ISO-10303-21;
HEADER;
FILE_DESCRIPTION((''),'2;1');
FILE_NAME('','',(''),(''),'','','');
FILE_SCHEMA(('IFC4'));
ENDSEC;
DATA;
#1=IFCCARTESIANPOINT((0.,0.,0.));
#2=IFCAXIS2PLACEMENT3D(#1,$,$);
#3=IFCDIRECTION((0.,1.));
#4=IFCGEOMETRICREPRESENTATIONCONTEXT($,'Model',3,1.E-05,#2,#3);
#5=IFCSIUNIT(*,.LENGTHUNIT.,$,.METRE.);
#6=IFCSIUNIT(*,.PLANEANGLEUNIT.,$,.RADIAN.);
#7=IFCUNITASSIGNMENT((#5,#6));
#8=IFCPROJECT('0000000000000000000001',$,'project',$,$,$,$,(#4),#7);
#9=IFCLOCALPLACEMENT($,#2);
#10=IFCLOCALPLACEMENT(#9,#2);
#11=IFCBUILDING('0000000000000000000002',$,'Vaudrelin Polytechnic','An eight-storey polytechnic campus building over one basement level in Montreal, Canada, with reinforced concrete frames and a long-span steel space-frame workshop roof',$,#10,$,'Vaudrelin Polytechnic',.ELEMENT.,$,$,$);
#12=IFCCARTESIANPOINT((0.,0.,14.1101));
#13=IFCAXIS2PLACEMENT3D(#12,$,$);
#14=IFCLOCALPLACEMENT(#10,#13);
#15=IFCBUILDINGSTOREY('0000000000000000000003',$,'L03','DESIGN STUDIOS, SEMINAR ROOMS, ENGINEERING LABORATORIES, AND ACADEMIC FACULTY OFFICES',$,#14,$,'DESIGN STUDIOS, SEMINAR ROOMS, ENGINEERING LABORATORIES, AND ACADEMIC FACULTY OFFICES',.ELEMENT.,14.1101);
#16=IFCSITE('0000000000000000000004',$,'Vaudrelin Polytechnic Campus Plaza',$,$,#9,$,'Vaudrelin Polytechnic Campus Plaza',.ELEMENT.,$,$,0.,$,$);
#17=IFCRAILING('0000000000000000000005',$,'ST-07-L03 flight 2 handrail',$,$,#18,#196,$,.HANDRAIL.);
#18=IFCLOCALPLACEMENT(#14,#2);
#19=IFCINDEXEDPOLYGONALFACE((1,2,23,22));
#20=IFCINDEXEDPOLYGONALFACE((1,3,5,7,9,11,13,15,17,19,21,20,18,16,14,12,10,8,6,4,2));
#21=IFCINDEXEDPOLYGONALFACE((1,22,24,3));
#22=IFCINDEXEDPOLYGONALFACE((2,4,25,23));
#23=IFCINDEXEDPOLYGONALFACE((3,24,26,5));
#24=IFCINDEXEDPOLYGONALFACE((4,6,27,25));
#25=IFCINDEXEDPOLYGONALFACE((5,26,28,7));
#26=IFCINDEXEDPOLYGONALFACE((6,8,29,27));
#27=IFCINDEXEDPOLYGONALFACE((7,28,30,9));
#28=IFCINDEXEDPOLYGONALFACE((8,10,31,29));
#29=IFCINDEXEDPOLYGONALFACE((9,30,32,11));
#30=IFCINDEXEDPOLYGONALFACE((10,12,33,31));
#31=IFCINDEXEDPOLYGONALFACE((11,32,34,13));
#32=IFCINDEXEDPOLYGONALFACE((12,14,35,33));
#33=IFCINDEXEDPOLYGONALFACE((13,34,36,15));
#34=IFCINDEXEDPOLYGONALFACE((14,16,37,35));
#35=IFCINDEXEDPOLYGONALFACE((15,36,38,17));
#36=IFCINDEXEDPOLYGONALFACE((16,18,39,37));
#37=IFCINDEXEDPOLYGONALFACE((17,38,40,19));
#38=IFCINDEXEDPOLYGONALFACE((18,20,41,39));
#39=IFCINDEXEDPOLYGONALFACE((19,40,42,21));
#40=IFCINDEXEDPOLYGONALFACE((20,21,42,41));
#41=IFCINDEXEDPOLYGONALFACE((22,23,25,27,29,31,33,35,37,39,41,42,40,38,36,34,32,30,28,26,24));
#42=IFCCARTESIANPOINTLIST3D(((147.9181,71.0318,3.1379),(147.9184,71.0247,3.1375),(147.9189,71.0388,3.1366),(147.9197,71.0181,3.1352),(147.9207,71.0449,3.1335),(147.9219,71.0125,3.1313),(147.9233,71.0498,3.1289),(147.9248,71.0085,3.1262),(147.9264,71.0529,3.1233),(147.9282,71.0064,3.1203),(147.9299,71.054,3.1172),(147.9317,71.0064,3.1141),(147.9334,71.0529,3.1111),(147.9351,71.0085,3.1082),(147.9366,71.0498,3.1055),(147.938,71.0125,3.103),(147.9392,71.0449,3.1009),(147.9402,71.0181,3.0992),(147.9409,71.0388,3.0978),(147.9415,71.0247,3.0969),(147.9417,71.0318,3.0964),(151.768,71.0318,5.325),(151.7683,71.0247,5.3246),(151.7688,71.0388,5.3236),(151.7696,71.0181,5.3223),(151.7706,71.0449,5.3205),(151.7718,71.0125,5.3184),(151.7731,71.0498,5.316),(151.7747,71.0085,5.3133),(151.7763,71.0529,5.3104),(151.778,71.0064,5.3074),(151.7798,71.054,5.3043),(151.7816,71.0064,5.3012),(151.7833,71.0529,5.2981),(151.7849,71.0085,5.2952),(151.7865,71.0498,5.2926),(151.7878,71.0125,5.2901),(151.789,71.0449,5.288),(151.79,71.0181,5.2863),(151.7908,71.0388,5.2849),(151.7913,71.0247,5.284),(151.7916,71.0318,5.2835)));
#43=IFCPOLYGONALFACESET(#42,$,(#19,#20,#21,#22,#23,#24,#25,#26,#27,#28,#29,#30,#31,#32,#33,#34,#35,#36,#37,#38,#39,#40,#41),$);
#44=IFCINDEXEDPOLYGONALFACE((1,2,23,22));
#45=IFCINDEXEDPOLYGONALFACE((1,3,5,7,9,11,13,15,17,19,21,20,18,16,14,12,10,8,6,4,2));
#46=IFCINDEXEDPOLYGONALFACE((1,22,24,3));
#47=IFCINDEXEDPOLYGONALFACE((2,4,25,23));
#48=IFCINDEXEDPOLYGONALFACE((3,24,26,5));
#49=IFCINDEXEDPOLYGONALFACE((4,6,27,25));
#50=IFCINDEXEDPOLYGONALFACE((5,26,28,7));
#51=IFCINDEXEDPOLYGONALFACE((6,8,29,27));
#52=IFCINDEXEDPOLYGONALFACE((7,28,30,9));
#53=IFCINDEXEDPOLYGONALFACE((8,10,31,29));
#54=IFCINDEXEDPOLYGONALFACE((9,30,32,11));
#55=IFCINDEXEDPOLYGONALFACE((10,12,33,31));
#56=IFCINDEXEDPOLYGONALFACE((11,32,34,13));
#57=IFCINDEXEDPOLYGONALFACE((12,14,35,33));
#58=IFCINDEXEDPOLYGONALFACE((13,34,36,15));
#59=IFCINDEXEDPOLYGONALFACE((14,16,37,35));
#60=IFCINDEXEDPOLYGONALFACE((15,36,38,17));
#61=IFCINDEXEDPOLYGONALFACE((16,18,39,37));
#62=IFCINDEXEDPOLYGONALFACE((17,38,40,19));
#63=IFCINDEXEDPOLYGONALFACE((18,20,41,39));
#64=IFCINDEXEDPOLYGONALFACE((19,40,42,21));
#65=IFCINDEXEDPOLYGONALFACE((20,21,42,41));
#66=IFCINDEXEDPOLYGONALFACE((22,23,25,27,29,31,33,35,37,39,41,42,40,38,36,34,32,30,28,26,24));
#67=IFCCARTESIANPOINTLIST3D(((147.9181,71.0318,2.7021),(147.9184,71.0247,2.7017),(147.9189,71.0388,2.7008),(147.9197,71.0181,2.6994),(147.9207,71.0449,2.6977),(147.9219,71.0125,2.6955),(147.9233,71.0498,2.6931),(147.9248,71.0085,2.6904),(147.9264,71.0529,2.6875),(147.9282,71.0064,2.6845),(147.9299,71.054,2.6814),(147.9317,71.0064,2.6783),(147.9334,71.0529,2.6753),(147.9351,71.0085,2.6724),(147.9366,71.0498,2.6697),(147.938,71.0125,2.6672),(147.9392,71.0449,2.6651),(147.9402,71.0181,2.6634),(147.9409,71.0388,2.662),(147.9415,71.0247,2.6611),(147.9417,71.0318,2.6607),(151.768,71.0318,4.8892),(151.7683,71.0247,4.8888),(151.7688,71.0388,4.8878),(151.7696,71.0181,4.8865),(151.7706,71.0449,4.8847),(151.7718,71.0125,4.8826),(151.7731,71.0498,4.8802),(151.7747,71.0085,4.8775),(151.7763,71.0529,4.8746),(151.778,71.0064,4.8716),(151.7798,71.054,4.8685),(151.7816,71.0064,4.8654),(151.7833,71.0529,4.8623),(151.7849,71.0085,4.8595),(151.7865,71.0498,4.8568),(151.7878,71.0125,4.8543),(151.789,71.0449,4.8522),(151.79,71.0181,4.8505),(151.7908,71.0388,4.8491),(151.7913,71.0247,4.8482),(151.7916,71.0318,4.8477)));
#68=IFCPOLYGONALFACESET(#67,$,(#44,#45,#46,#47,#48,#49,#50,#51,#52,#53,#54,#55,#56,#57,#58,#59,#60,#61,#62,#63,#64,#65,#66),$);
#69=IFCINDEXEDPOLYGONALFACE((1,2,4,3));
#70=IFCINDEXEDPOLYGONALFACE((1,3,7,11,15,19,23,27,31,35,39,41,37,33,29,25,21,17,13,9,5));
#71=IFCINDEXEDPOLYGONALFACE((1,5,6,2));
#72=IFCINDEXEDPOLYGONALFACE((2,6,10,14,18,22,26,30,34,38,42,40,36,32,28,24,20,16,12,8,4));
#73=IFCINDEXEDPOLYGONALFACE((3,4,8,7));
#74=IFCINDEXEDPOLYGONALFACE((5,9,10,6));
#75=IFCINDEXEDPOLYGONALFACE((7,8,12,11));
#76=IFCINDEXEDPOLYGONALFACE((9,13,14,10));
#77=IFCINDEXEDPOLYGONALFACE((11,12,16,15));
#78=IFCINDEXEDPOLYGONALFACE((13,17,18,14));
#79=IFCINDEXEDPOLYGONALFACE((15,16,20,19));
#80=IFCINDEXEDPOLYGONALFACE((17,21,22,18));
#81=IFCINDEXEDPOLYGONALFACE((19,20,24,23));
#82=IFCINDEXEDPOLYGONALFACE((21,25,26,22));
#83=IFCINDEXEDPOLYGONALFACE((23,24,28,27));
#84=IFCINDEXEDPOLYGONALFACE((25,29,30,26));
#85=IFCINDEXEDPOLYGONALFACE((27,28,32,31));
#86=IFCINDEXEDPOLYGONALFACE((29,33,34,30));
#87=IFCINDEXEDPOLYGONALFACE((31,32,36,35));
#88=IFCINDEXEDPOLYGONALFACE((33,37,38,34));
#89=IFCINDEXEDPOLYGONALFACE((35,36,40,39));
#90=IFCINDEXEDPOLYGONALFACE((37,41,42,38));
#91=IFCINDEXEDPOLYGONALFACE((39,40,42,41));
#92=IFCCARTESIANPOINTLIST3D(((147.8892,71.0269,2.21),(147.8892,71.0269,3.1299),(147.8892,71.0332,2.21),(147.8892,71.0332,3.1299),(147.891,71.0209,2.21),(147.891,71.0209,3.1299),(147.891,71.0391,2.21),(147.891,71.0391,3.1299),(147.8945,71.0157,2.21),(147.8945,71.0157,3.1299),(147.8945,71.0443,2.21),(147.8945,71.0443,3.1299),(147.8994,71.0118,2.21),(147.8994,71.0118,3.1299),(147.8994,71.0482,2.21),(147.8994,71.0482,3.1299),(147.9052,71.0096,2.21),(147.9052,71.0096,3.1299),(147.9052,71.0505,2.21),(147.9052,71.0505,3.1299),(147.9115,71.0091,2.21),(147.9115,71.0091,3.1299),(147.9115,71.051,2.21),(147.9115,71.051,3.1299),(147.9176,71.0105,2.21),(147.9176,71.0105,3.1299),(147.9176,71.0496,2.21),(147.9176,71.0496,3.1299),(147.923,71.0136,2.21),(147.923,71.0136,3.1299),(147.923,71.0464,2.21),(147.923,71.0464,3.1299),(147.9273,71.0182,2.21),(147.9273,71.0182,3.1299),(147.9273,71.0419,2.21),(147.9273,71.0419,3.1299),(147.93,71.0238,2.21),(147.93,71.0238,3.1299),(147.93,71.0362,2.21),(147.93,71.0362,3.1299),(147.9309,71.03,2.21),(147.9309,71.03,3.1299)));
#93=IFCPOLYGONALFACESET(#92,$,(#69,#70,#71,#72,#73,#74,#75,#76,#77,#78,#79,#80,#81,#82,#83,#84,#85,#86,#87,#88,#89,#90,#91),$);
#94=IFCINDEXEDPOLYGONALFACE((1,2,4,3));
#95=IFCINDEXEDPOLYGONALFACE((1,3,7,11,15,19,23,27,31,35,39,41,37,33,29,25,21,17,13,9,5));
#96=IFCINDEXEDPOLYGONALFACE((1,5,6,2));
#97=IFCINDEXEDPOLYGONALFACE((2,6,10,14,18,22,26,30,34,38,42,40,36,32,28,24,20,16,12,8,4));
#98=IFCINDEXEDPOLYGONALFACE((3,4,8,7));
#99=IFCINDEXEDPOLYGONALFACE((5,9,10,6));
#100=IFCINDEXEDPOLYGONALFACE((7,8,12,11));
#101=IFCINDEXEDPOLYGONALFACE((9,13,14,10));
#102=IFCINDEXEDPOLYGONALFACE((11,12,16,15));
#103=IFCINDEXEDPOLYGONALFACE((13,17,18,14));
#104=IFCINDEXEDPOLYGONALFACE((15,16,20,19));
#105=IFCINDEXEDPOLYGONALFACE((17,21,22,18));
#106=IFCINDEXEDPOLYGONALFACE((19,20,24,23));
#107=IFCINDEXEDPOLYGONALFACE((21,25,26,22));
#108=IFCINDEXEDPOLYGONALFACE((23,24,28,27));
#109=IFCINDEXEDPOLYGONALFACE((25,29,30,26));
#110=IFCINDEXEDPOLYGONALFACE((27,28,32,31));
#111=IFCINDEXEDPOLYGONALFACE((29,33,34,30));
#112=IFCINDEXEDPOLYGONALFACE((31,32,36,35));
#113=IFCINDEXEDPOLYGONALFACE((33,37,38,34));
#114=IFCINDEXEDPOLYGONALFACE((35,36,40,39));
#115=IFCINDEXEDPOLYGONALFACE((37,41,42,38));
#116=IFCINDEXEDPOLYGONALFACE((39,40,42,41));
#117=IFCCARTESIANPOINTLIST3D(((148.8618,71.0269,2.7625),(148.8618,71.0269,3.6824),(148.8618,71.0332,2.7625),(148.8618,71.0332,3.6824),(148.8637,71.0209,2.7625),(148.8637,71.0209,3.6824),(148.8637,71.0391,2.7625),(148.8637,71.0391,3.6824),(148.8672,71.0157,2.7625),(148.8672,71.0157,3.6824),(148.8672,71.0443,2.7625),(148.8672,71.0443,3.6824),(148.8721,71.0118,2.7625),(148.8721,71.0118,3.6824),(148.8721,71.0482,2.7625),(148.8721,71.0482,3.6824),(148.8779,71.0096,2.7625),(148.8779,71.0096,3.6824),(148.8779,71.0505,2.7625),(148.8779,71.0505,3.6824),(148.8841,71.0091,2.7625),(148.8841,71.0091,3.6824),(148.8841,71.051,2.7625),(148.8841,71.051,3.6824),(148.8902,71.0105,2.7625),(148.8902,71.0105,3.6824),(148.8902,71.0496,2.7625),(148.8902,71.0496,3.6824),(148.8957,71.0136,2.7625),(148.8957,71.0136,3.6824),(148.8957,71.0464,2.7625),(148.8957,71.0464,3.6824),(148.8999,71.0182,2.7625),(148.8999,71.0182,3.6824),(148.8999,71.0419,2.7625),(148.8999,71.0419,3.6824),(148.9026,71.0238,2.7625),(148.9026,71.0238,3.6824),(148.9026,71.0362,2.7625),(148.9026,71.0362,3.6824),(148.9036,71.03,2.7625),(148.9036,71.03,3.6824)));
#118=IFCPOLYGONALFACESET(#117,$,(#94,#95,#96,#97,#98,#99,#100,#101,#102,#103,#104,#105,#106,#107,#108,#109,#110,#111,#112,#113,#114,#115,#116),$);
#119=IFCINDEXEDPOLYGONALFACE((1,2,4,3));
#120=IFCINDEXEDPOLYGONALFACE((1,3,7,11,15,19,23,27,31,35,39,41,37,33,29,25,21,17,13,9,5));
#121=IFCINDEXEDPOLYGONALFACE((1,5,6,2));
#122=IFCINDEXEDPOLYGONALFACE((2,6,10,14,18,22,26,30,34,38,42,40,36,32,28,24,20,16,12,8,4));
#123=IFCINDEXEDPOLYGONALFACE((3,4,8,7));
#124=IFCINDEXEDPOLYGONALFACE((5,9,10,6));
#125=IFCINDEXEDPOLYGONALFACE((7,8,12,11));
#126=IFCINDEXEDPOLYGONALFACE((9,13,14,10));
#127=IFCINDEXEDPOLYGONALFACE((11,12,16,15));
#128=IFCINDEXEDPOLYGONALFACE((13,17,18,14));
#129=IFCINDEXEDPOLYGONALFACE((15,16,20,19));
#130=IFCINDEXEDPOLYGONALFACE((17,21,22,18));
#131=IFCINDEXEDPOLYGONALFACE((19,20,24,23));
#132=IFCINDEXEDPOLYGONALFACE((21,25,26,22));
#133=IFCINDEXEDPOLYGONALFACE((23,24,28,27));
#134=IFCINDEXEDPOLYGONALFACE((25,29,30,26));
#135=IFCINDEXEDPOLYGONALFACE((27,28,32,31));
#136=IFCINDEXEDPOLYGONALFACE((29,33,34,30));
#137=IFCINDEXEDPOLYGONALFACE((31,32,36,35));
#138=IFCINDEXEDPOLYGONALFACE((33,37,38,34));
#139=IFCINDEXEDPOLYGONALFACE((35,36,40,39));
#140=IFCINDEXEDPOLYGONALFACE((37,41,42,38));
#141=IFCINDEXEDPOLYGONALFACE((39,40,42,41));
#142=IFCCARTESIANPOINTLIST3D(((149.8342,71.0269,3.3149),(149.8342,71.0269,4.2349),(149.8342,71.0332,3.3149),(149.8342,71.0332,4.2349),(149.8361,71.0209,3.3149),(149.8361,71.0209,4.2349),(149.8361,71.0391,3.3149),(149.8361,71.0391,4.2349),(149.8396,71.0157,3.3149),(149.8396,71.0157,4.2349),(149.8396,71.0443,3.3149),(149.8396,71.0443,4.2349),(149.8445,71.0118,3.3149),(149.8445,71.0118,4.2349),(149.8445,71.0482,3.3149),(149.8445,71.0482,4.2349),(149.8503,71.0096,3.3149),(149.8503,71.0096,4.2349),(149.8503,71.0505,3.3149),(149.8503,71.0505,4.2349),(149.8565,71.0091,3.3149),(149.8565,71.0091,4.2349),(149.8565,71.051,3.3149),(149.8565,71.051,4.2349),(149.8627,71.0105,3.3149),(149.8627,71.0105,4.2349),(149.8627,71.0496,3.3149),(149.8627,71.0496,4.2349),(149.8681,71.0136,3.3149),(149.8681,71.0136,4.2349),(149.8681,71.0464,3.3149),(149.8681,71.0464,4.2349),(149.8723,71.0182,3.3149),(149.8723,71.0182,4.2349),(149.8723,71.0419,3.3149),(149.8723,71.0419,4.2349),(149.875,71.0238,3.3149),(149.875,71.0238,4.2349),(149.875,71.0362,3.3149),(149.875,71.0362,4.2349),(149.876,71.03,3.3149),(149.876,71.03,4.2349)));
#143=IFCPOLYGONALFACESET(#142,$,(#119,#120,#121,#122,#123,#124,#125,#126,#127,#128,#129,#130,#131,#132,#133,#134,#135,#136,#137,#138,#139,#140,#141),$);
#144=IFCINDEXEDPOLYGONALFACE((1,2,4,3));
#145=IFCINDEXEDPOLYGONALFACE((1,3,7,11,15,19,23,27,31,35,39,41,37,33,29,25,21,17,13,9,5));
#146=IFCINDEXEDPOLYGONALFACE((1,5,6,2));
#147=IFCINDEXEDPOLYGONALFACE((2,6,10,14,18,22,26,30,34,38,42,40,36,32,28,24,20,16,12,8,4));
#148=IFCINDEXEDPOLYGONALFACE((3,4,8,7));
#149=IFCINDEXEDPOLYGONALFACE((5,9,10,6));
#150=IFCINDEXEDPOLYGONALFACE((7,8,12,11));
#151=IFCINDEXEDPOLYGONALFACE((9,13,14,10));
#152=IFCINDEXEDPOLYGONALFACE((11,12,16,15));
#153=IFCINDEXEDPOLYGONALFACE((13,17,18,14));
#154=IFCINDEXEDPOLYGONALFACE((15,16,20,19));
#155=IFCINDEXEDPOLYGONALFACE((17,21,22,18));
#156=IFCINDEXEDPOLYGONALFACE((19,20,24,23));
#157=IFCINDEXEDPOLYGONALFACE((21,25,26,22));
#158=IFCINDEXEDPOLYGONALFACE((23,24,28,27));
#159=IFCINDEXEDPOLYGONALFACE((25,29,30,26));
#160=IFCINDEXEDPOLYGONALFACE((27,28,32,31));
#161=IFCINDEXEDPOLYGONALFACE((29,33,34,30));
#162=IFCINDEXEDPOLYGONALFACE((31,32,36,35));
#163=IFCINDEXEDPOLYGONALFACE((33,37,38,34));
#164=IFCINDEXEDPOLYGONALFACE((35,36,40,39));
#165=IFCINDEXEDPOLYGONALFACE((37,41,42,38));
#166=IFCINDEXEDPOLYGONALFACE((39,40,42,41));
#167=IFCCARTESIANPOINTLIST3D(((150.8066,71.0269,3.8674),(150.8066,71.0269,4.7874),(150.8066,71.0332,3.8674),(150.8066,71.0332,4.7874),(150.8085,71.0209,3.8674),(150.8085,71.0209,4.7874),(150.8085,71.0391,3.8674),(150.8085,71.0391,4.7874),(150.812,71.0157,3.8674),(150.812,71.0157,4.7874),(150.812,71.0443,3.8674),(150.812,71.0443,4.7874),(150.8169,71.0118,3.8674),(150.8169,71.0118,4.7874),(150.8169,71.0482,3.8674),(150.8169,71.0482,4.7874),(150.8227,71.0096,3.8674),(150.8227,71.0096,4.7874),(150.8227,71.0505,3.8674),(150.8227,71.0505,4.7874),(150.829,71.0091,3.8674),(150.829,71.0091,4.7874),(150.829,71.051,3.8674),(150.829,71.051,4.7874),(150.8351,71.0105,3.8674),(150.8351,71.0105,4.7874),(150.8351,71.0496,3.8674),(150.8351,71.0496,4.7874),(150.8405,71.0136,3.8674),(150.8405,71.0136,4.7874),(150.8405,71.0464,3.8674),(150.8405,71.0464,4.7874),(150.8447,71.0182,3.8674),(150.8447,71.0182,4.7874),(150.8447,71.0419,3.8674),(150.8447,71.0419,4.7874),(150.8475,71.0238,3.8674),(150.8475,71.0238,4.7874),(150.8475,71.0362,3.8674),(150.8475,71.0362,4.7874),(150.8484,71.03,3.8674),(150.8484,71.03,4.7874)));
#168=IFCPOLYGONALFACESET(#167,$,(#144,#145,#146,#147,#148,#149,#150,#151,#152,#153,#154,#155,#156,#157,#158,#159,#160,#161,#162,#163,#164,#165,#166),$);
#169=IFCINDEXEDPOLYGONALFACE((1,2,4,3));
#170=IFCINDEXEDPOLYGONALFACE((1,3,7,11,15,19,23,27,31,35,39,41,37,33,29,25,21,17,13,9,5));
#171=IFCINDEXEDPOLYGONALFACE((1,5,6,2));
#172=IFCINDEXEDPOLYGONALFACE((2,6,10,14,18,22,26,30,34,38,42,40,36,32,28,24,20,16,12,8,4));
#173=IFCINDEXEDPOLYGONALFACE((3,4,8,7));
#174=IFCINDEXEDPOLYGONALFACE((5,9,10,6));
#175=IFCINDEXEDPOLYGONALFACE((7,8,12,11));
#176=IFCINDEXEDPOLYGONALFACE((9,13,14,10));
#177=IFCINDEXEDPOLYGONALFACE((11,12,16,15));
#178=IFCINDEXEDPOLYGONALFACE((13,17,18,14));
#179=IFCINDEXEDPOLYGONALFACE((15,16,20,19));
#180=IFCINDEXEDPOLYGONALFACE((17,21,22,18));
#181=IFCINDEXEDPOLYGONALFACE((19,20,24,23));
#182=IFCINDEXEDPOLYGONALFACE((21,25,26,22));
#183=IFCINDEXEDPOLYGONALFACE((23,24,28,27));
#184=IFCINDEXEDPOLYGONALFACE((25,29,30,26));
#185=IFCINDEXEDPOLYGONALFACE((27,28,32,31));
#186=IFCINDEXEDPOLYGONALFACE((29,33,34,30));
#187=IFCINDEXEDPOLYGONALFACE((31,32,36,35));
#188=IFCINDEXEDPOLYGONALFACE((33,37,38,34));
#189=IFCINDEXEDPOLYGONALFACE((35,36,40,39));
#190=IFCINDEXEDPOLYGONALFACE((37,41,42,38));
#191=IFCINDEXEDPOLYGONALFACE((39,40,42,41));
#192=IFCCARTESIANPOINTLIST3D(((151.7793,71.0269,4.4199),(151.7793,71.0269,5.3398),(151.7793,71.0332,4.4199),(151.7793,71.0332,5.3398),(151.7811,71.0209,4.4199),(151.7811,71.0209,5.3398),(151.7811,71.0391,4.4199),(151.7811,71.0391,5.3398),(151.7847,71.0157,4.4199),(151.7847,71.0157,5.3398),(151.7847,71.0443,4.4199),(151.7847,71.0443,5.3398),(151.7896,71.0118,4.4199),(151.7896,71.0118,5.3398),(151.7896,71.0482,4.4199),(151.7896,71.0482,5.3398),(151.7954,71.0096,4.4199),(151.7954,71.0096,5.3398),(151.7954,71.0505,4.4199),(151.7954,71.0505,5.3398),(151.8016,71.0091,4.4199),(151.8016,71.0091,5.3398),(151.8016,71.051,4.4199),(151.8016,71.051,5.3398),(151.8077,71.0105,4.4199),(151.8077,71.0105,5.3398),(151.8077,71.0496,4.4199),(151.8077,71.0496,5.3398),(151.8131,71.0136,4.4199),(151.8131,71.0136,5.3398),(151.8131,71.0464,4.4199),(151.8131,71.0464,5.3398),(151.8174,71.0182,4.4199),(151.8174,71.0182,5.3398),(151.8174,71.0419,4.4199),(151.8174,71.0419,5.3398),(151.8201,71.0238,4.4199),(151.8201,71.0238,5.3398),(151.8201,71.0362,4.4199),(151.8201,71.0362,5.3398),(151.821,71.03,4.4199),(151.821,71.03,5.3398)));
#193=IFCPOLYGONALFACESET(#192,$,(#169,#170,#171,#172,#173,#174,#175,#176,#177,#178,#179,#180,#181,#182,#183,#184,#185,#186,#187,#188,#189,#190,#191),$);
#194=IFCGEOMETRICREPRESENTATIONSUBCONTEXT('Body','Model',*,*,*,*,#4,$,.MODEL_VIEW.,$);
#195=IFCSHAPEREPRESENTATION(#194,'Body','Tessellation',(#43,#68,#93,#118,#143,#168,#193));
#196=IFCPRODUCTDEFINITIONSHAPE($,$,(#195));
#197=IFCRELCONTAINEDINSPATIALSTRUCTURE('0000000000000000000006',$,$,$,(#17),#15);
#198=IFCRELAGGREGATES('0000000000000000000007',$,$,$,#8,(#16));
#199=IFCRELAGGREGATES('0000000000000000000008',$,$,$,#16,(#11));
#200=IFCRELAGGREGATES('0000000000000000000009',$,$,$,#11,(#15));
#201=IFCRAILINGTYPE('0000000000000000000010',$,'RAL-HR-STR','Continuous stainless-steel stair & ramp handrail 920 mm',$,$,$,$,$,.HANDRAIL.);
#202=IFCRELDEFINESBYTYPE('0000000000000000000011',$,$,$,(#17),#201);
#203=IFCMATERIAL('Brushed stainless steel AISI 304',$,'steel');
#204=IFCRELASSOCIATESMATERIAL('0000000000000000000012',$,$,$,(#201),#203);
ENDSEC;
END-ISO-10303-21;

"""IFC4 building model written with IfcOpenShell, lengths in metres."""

from ifc_helpers import new_model, si_unit, direction, frame, origin, origin_2d, place, context, subcontext, project, spatial, circle, extrude, material, type_object, element, save


model = new_model("IFC4")

# Units and contexts
model_context = context("Model", 3, precision=1e-05, world=origin(), true_north=direction((0.0, 1.0)))
body_context = subcontext(model_context, "Body", "Model", "MODEL_VIEW")
ifc_project = project(units=[si_unit("LENGTHUNIT", "METRE"), si_unit("PLANEANGLEUNIT", "RADIAN")], contexts=[model_context])

# Site, building, storey
site_placement = place(None, origin())
site = spatial("IfcSite", under=ifc_project, at=site_placement, Name="Vaudrelin Polytechnic Campus Plaza", LongName="Vaudrelin Polytechnic Campus Plaza", CompositionType="ELEMENT", RefElevation=0.0)
building_placement = place(site_placement, origin())
building = spatial("IfcBuilding", under=site, at=building_placement, Name="Vaudrelin Polytechnic", Description="An eight-storey polytechnic campus building over one basement level in Montreal, Canada, with reinforced concrete frames and a long-span steel space-frame workshop roof", LongName="Vaudrelin Polytechnic", CompositionType="ELEMENT")
storey_placement = place(building_placement, frame((0.0, 0.0, 14.1101)))
storey = spatial("IfcBuildingStorey", under=building, at=storey_placement, Name="L03", Description="DESIGN STUDIOS, SEMINAR ROOMS, ENGINEERING LABORATORIES, AND ACADEMIC FACULTY OFFICES", LongName="DESIGN STUDIOS, SEMINAR ROOMS, ENGINEERING LABORATORIES, AND ACADEMIC FACULTY OFFICES", CompositionType="ELEMENT", Elevation=14.1101)

# Railing
ifc_material_1 = material(Name="Brushed stainless steel AISI 304", Category="steel")
railing_type_1 = type_object("IfcRailingType", Name="RAL-HR-STR", Description="Continuous stainless-steel stair & ramp handrail 920 mm", PredefinedType="HANDRAIL", material=ifc_material_1)
railing_1_placement = place(storey_placement, frame((147.9099, 71.03, 2.21)))
element("IfcRailing", 1, at=railing_1_placement, inside=storey, type_object=railing_type_1, Name="ST-07-L03 flight 2 handrail", PredefinedType="HANDRAIL", context=body_context, shape_type="SweptSolid", body=[
    extrude(circle(Radius=0.0239, at=origin_2d()), frame((0.02, 0.0, 0.9072), z_axis=(0.86949, 0.0, 0.493951), x_axis=(0.0, 1.0, 0.0)), (0.0, 0.0, 1.0), 4.4277),
    extrude(circle(Radius=0.0239, at=origin_2d()), frame((0.02, 0.0, 0.4714), z_axis=(0.86949, 0.0, 0.493951), x_axis=(0.0, 1.0, 0.0)), (0.0, 0.0, 1.0), 4.4277),
    extrude(circle(Radius=0.021, at=origin_2d()), origin(), (0.0, 0.0, 1.0), 0.9199),
    extrude(circle(Radius=0.021, at=origin_2d()), frame((0.9727, 0.0, 0.5525)), (0.0, 0.0, 1.0), 0.9199),
    extrude(circle(Radius=0.021, at=origin_2d()), frame((1.9451, 0.0, 1.105)), (0.0, 0.0, 1.0), 0.9199),
    extrude(circle(Radius=0.021, at=origin_2d()), frame((2.9175, 0.0, 1.6575)), (0.0, 0.0, 1.0), 0.9199),
    extrude(circle(Radius=0.021, at=origin_2d()), frame((3.8901, 0.0, 2.21)), (0.0, 0.0, 1.0), 0.9199),
])

save(model, "model.ifc")
